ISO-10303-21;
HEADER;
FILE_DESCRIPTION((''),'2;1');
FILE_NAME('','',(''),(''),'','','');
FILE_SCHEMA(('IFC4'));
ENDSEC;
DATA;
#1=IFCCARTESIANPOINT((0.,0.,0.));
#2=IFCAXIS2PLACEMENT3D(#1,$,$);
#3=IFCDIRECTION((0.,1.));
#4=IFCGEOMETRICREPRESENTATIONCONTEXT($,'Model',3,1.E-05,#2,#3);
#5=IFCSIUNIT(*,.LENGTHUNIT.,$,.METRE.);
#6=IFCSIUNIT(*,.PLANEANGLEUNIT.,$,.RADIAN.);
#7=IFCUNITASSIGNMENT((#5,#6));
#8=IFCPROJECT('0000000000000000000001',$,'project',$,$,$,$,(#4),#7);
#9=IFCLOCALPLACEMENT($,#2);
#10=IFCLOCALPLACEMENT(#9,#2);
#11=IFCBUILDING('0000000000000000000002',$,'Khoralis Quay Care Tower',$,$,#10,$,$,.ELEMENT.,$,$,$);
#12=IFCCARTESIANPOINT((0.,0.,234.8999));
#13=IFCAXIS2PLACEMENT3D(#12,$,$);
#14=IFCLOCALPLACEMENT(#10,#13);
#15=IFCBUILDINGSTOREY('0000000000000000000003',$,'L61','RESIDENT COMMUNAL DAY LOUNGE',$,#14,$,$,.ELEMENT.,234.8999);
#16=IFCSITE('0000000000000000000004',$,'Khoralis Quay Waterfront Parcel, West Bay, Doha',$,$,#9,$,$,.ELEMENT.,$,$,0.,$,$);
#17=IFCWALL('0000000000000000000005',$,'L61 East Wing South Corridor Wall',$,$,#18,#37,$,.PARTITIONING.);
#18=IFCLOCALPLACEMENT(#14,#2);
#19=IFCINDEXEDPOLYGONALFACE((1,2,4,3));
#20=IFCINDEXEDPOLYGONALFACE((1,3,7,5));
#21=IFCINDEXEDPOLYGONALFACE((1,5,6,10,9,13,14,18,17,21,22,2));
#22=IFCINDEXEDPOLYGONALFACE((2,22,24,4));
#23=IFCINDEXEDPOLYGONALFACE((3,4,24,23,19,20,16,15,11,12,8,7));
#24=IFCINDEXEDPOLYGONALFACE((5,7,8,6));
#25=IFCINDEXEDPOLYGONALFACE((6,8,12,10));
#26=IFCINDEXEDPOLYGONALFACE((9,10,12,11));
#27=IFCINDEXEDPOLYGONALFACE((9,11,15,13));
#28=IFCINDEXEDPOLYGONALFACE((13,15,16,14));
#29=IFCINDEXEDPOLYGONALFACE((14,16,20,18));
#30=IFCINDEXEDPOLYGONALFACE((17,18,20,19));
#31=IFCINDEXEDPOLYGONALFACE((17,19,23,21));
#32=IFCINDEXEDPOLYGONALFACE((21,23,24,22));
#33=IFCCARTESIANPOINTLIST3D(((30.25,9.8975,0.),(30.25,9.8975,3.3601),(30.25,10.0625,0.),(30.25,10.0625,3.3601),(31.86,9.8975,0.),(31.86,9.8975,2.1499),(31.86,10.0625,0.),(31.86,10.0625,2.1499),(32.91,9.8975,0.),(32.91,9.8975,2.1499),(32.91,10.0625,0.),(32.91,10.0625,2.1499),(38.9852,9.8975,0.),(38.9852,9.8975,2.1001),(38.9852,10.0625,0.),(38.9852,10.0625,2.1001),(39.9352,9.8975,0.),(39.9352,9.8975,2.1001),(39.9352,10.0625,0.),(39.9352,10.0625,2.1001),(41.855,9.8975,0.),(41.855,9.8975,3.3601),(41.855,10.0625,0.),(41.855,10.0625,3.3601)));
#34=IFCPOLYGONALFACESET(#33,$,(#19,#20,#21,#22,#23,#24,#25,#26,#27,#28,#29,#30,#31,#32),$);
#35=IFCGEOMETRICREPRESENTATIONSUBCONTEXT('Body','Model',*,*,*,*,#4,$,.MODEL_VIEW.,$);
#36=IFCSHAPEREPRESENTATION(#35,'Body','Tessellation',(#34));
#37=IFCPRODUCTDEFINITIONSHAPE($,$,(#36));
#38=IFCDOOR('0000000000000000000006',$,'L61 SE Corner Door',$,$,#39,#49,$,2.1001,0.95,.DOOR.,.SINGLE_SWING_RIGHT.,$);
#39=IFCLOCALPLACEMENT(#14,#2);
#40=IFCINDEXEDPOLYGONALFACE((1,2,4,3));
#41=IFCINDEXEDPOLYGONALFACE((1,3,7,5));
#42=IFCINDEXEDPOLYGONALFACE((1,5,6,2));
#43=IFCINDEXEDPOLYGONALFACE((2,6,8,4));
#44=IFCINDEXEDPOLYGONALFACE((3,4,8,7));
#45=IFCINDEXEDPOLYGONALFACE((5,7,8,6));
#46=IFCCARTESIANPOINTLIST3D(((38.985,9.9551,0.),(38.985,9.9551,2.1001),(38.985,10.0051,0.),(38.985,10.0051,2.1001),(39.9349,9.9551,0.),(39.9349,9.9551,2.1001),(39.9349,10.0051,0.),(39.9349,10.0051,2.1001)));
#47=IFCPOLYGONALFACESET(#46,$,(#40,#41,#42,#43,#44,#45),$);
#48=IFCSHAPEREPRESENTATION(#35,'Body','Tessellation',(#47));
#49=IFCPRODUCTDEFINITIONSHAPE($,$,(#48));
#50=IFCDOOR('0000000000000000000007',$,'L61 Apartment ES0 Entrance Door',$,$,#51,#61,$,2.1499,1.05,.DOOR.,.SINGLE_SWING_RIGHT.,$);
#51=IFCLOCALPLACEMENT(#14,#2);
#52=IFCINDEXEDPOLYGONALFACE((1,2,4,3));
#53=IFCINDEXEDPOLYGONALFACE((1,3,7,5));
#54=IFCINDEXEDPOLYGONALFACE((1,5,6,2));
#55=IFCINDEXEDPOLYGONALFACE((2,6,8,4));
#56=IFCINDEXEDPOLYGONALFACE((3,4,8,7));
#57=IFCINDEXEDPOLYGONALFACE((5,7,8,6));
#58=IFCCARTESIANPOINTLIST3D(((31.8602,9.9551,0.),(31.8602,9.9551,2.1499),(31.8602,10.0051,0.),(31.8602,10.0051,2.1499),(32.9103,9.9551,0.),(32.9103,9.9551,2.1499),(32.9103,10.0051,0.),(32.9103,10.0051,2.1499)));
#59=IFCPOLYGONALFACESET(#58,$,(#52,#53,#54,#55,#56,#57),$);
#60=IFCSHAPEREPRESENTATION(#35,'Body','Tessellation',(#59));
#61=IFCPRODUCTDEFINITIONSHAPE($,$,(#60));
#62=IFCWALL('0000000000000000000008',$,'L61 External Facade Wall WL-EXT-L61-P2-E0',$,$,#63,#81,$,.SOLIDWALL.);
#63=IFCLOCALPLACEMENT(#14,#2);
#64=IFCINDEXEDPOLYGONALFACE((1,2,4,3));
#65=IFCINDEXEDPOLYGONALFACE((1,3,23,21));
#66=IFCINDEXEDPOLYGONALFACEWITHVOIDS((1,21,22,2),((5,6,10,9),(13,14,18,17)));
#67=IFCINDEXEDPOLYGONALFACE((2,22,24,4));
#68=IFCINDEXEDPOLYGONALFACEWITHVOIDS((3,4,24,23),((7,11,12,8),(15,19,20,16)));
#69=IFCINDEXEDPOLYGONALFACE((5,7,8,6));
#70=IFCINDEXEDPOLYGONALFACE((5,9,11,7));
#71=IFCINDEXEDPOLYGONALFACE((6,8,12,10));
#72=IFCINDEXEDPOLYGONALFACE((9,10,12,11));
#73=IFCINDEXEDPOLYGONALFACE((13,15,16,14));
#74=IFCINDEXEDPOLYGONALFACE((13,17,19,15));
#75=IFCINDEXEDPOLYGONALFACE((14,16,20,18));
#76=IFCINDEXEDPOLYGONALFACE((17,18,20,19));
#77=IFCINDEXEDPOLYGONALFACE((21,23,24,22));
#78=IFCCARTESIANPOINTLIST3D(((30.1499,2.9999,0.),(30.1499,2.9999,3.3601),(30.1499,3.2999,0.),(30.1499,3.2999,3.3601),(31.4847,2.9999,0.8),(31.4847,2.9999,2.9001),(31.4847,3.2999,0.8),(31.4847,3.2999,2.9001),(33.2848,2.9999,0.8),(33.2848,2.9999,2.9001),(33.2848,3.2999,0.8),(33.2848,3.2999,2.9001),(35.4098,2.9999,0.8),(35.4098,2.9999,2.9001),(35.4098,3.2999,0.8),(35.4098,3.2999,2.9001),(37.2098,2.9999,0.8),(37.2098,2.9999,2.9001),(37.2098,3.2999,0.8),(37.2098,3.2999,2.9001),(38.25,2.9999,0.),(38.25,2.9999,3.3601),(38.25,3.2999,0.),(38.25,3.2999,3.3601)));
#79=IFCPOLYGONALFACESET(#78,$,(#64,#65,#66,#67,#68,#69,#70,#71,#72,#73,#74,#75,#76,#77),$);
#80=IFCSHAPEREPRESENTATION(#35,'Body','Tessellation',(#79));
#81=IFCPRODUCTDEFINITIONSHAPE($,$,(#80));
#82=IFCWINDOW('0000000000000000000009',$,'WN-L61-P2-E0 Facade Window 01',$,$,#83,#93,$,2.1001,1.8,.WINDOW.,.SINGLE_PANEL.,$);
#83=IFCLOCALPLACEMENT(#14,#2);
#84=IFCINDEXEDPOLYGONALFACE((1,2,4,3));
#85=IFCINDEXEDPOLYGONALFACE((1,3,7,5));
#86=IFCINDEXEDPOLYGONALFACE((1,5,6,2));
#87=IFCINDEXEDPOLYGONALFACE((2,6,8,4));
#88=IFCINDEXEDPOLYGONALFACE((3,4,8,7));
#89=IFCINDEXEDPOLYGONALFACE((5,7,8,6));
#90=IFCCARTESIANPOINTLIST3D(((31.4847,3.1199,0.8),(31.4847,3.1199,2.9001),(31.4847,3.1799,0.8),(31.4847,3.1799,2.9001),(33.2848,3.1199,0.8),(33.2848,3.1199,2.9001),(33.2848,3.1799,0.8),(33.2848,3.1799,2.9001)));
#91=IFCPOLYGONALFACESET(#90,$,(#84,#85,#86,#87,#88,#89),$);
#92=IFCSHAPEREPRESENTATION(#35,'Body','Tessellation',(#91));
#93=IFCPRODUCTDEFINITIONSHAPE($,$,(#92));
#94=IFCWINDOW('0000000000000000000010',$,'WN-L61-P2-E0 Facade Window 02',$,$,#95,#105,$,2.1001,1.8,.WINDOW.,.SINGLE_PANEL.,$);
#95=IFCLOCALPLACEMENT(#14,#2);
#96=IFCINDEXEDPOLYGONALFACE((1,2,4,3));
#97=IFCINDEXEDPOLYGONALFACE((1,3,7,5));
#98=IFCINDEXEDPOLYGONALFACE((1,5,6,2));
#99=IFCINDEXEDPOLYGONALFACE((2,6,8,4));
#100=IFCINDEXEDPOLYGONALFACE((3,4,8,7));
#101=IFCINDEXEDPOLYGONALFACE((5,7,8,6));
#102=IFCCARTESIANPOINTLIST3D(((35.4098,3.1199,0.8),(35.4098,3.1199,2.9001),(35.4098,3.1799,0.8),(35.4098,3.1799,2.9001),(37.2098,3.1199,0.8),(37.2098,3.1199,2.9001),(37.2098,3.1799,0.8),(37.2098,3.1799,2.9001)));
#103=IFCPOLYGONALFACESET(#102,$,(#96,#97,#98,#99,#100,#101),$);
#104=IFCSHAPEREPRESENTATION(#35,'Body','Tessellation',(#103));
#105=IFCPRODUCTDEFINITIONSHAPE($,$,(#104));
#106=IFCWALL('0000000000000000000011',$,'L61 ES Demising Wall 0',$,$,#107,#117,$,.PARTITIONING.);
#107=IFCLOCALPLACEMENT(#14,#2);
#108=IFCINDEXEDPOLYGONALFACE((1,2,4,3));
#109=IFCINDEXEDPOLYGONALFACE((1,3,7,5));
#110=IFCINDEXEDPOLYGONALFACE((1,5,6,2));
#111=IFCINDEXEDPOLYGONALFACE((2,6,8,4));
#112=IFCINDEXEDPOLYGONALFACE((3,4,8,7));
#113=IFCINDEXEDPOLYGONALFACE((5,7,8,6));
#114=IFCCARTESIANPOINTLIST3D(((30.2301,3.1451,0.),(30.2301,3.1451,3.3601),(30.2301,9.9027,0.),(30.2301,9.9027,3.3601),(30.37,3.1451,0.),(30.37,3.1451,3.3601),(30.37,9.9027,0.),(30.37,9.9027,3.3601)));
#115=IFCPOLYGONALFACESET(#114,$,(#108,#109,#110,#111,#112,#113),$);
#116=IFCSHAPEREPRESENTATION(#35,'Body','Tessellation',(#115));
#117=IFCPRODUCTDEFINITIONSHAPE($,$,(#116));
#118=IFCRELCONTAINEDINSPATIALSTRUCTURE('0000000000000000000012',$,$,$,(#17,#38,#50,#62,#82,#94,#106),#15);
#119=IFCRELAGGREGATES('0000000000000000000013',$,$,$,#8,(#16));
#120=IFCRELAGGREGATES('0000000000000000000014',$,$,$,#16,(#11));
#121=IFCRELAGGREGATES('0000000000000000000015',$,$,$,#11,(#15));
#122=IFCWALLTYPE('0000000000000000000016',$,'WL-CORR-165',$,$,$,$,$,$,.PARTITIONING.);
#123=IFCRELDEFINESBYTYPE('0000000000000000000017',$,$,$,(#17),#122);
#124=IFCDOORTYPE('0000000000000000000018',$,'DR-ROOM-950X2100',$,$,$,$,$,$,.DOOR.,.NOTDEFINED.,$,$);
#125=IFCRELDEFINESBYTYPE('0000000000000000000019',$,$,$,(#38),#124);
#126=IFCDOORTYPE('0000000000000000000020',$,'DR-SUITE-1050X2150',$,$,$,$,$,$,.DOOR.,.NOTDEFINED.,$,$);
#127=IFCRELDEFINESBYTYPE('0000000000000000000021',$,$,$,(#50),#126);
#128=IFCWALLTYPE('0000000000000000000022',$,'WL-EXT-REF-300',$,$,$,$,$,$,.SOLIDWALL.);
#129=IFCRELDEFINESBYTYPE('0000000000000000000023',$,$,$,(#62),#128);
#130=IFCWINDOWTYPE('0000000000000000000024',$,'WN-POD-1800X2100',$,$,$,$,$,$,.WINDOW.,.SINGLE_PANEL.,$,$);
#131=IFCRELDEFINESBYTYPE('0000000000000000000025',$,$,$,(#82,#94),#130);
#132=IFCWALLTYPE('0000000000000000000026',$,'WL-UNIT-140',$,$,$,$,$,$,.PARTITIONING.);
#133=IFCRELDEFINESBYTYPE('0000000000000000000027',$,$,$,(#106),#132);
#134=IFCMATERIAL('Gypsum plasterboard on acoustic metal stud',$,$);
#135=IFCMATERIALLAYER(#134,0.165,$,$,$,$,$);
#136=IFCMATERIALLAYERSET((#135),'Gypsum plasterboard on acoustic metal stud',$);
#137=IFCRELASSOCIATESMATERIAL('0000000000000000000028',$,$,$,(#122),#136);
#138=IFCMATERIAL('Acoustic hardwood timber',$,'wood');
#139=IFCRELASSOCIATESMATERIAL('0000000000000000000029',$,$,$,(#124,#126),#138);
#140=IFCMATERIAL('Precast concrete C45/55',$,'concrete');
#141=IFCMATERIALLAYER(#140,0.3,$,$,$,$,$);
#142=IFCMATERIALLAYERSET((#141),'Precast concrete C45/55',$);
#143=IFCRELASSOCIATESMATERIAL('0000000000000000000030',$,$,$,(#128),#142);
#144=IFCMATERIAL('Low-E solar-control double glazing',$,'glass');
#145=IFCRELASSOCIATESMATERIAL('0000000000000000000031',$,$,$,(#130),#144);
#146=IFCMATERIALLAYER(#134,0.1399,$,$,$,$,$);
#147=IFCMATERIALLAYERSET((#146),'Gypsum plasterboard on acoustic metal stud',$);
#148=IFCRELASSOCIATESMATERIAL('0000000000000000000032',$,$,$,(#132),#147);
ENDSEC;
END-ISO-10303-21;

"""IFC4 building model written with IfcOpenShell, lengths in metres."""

from ifc_helpers import new_model, si_unit, direction, frame, frame_2d, origin, place, context, subcontext, project, spatial, rectangle, extrude, source, transform, mapped, material, layer, layer_set, type_object, element, fill, save


model = new_model("IFC4")

# Units and contexts
model_context = context("Model", 3, precision=1e-05, world=origin(), true_north=direction((0.0, 1.0)))
body_context = subcontext(model_context, "Body", "Model", "MODEL_VIEW")
ifc_project = project(units=[si_unit("LENGTHUNIT", "METRE"), si_unit("PLANEANGLEUNIT", "RADIAN")], contexts=[model_context])

# Site, building, storey
site_placement = place(None, origin())
site = spatial("IfcSite", under=ifc_project, at=site_placement, Name="Khoralis Quay Waterfront Parcel, West Bay, Doha", CompositionType="ELEMENT", RefElevation=0.0)
building_placement = place(site_placement, origin())
building = spatial("IfcBuilding", under=site, at=building_placement, Name="Khoralis Quay Care Tower", CompositionType="ELEMENT")
storey_placement = place(building_placement, frame((0.0, 0.0, 234.8999)))
storey = spatial("IfcBuildingStorey", under=building, at=storey_placement, Name="L61", Description="RESIDENT COMMUNAL DAY LOUNGE", CompositionType="ELEMENT", Elevation=234.8999)

# Shared definitions
ifc_material_1 = material(Name="Low-E solar-control double glazing", Category="glass")

# Wall, openings, doors
ifc_material_2 = material(Name="Gypsum plasterboard on acoustic metal stud")
ifc_layer_1 = layer(ifc_material_2, 0.165)
ifc_layer_set_1 = layer_set([ifc_layer_1], Name="Gypsum plasterboard on acoustic metal stud")
wall_type_1 = type_object("IfcWallType", Name="WL-CORR-165", PredefinedType="PARTITIONING", material=ifc_layer_set_1)
wall_1_placement = place(storey_placement, frame((30.25, 9.98, 0.0), z_axis=(0.0, 0.0, 1.0), x_axis=(1.0, 0.0, 0.0)))
wall_1 = element("IfcWall", 1, at=wall_1_placement, inside=storey, type_object=wall_type_1, Name="L61 East Wing South Corridor Wall", PredefinedType="PARTITIONING", context=body_context, shape_type="SweptSolid", body=[
    extrude(rectangle(XDim=11.605, YDim=0.165, at=frame_2d((5.8025, 0.0))), origin(), (0.0, 0.0, 1.0), 3.3601),
])
opening_1_placement = place(wall_1_placement, frame((1.6101, 0.0, 0.0)))
opening_1 = element("IfcOpeningElement", 2, at=opening_1_placement, cuts=wall_1, PredefinedType="OPENING", context=body_context, shape_type="SweptSolid", body=[
    extrude(rectangle(XDim=1.05, YDim=2.1499, at=frame_2d((0.5249, 1.075))), frame((0.0, 0.0925, 0.0), z_axis=(0.0, -1.0, 0.0), x_axis=(1.0, 0.0, 0.0)), (0.0, 0.0, 1.0), 0.1851),
])
opening_2_placement = place(wall_1_placement, frame((8.7351, 0.0, 0.0)))
opening_2 = element("IfcOpeningElement", 3, at=opening_2_placement, cuts=wall_1, PredefinedType="OPENING", context=body_context, shape_type="SweptSolid", body=[
    extrude(rectangle(XDim=0.95, YDim=2.1001, at=frame_2d((0.4751, 1.05))), frame((0.0, 0.0925, 0.0), z_axis=(0.0, -1.0, 0.0), x_axis=(1.0, 0.0, 0.0)), (0.0, 0.0, 1.0), 0.1851),
])
ifc_material_3 = material(Name="Acoustic hardwood timber", Category="wood")
door_type_1 = type_object("IfcDoorType", Name="DR-ROOM-950X2100", OperationType="NOTDEFINED", PredefinedType="DOOR", material=ifc_material_3)
shared_shape_1 = source(origin(), body_context, "Body", "SweptSolid", [
    extrude(rectangle(XDim=0.95, YDim=2.1001, at=frame_2d((0.4751, 1.05))), frame((0.0, 0.0249, 0.0), z_axis=(0.0, -1.0, 0.0), x_axis=(1.0, 0.0, 0.0)), (0.0, 0.0, 1.0), 0.05),
])
door_1_placement = place(opening_2_placement, frame((0.95, 0.0, 0.0), z_axis=(0.0, 0.0, 1.0), x_axis=(-1.0, 0.0, 0.0)))
door_1 = element("IfcDoor", 4, at=door_1_placement, inside=storey, type_object=door_type_1, Name="L61 SE Corner Door", OperationType="SINGLE_SWING_RIGHT", OverallHeight=2.1001, OverallWidth=0.95, PredefinedType="DOOR", context=body_context, shape_type="MappedRepresentation", body=[
    mapped(shared_shape_1, transform((0.0, 0.0, 0.0), scale=1.0)),
])
fill(opening_2, door_1)
door_type_2 = type_object("IfcDoorType", Name="DR-SUITE-1050X2150", OperationType="NOTDEFINED", PredefinedType="DOOR", material=ifc_material_3)
shared_shape_2 = source(origin(), body_context, "Body", "SweptSolid", [
    extrude(rectangle(XDim=1.05, YDim=2.1499, at=frame_2d((0.5249, 1.075))), frame((0.0, 0.0249, 0.0), z_axis=(0.0, -1.0, 0.0), x_axis=(1.0, 0.0, 0.0)), (0.0, 0.0, 1.0), 0.05),
])
door_2_placement = place(opening_1_placement, frame((1.05, 0.0, 0.0), z_axis=(0.0, 0.0, 1.0), x_axis=(-1.0, 0.0, 0.0)))
door_2 = element("IfcDoor", 5, at=door_2_placement, inside=storey, type_object=door_type_2, Name="L61 Apartment ES0 Entrance Door", OperationType="SINGLE_SWING_RIGHT", OverallHeight=2.1499, OverallWidth=1.05, PredefinedType="DOOR", context=body_context, shape_type="MappedRepresentation", body=[
    mapped(shared_shape_2, transform((0.0, 0.0, 0.0), scale=1.0)),
])
fill(opening_1, door_2)

# Wall, openings, windows
ifc_material_4 = material(Name="Precast concrete C45/55", Category="concrete")
ifc_layer_2 = layer(ifc_material_4, 0.3)
ifc_layer_set_2 = layer_set([ifc_layer_2], Name="Precast concrete C45/55")
wall_type_2 = type_object("IfcWallType", Name="WL-EXT-REF-300", PredefinedType="SOLIDWALL", material=ifc_layer_set_2)
wall_2_placement = place(storey_placement, frame((30.1499, 3.1499, 0.0), z_axis=(0.0, 0.0, 1.0), x_axis=(1.0, 0.0, 0.0)))
wall_2 = element("IfcWall", 6, at=wall_2_placement, inside=storey, type_object=wall_type_2, Name="L61 External Facade Wall WL-EXT-L61-P2-E0", PredefinedType="SOLIDWALL", context=body_context, shape_type="SweptSolid", body=[
    extrude(rectangle(XDim=8.1001, YDim=0.3, at=frame_2d((4.05, 0.0))), origin(), (0.0, 0.0, 1.0), 3.3601),
])
opening_3_placement = place(wall_2_placement, frame((1.335, 0.0, 0.8)))
opening_3 = element("IfcOpeningElement", 7, at=opening_3_placement, cuts=wall_2, PredefinedType="OPENING", context=body_context, shape_type="SweptSolid", body=[
    extrude(rectangle(XDim=1.8, YDim=2.1001, at=frame_2d((0.8999, 1.05))), frame((0.0, 0.1602, 0.0), z_axis=(0.0, -1.0, 0.0), x_axis=(1.0, 0.0, 0.0)), (0.0, 0.0, 1.0), 0.3201),
])
opening_4_placement = place(wall_2_placement, frame((5.26, 0.0, 0.8)))
opening_4 = element("IfcOpeningElement", 8, at=opening_4_placement, cuts=wall_2, PredefinedType="OPENING", context=body_context, shape_type="SweptSolid", body=[
    extrude(rectangle(XDim=1.8, YDim=2.1001, at=frame_2d((0.8999, 1.05))), frame((0.0, 0.1602, 0.0), z_axis=(0.0, -1.0, 0.0), x_axis=(1.0, 0.0, 0.0)), (0.0, 0.0, 1.0), 0.3201),
])
window_type = type_object("IfcWindowType", Name="WN-POD-1800X2100", PartitioningType="SINGLE_PANEL", PredefinedType="WINDOW", material=ifc_material_1)
shared_shape_3 = source(origin(), body_context, "Body", "SweptSolid", [
    extrude(rectangle(XDim=1.8, YDim=2.1001, at=frame_2d((0.8999, 1.05))), frame((0.0, 0.03, 0.0), z_axis=(0.0, -1.0, 0.0), x_axis=(1.0, 0.0, 0.0)), (0.0, 0.0, 1.0), 0.0601),
])
window_1_placement = place(opening_3_placement, origin())
window_1 = element("IfcWindow", 9, at=window_1_placement, inside=storey, type_object=window_type, Name="WN-L61-P2-E0 Facade Window 01", OverallHeight=2.1001, OverallWidth=1.8, PartitioningType="SINGLE_PANEL", PredefinedType="WINDOW", context=body_context, shape_type="MappedRepresentation", body=[
    mapped(shared_shape_3, transform((0.0, 0.0, 0.0), scale=1.0)),
])
fill(opening_3, window_1)
window_2_placement = place(opening_4_placement, origin())
window_2 = element("IfcWindow", 10, at=window_2_placement, inside=storey, type_object=window_type, Name="WN-L61-P2-E0 Facade Window 02", OverallHeight=2.1001, OverallWidth=1.8, PartitioningType="SINGLE_PANEL", PredefinedType="WINDOW", context=body_context, shape_type="MappedRepresentation", body=[
    mapped(shared_shape_3, transform((0.0, 0.0, 0.0), scale=1.0)),
])
fill(opening_4, window_2)

# Wall
ifc_layer_3 = layer(ifc_material_2, 0.1399)
ifc_layer_set_3 = layer_set([ifc_layer_3], Name="Gypsum plasterboard on acoustic metal stud")
wall_type_3 = type_object("IfcWallType", Name="WL-UNIT-140", PredefinedType="PARTITIONING", material=ifc_layer_set_3)
wall_3_placement = place(storey_placement, frame((30.3, 3.145, 0.0), z_axis=(0.0, 0.0, 1.0), x_axis=(0.0, 1.0, 0.0)))
element("IfcWall", 11, at=wall_3_placement, inside=storey, type_object=wall_type_3, Name="L61 ES Demising Wall 0", PredefinedType="PARTITIONING", context=body_context, shape_type="SweptSolid", body=[
    extrude(rectangle(XDim=6.7576, YDim=0.1399, at=frame_2d((3.3789, 0.0))), origin(), (0.0, 0.0, 1.0), 3.3601),
])

save(model, "model.ifc")
